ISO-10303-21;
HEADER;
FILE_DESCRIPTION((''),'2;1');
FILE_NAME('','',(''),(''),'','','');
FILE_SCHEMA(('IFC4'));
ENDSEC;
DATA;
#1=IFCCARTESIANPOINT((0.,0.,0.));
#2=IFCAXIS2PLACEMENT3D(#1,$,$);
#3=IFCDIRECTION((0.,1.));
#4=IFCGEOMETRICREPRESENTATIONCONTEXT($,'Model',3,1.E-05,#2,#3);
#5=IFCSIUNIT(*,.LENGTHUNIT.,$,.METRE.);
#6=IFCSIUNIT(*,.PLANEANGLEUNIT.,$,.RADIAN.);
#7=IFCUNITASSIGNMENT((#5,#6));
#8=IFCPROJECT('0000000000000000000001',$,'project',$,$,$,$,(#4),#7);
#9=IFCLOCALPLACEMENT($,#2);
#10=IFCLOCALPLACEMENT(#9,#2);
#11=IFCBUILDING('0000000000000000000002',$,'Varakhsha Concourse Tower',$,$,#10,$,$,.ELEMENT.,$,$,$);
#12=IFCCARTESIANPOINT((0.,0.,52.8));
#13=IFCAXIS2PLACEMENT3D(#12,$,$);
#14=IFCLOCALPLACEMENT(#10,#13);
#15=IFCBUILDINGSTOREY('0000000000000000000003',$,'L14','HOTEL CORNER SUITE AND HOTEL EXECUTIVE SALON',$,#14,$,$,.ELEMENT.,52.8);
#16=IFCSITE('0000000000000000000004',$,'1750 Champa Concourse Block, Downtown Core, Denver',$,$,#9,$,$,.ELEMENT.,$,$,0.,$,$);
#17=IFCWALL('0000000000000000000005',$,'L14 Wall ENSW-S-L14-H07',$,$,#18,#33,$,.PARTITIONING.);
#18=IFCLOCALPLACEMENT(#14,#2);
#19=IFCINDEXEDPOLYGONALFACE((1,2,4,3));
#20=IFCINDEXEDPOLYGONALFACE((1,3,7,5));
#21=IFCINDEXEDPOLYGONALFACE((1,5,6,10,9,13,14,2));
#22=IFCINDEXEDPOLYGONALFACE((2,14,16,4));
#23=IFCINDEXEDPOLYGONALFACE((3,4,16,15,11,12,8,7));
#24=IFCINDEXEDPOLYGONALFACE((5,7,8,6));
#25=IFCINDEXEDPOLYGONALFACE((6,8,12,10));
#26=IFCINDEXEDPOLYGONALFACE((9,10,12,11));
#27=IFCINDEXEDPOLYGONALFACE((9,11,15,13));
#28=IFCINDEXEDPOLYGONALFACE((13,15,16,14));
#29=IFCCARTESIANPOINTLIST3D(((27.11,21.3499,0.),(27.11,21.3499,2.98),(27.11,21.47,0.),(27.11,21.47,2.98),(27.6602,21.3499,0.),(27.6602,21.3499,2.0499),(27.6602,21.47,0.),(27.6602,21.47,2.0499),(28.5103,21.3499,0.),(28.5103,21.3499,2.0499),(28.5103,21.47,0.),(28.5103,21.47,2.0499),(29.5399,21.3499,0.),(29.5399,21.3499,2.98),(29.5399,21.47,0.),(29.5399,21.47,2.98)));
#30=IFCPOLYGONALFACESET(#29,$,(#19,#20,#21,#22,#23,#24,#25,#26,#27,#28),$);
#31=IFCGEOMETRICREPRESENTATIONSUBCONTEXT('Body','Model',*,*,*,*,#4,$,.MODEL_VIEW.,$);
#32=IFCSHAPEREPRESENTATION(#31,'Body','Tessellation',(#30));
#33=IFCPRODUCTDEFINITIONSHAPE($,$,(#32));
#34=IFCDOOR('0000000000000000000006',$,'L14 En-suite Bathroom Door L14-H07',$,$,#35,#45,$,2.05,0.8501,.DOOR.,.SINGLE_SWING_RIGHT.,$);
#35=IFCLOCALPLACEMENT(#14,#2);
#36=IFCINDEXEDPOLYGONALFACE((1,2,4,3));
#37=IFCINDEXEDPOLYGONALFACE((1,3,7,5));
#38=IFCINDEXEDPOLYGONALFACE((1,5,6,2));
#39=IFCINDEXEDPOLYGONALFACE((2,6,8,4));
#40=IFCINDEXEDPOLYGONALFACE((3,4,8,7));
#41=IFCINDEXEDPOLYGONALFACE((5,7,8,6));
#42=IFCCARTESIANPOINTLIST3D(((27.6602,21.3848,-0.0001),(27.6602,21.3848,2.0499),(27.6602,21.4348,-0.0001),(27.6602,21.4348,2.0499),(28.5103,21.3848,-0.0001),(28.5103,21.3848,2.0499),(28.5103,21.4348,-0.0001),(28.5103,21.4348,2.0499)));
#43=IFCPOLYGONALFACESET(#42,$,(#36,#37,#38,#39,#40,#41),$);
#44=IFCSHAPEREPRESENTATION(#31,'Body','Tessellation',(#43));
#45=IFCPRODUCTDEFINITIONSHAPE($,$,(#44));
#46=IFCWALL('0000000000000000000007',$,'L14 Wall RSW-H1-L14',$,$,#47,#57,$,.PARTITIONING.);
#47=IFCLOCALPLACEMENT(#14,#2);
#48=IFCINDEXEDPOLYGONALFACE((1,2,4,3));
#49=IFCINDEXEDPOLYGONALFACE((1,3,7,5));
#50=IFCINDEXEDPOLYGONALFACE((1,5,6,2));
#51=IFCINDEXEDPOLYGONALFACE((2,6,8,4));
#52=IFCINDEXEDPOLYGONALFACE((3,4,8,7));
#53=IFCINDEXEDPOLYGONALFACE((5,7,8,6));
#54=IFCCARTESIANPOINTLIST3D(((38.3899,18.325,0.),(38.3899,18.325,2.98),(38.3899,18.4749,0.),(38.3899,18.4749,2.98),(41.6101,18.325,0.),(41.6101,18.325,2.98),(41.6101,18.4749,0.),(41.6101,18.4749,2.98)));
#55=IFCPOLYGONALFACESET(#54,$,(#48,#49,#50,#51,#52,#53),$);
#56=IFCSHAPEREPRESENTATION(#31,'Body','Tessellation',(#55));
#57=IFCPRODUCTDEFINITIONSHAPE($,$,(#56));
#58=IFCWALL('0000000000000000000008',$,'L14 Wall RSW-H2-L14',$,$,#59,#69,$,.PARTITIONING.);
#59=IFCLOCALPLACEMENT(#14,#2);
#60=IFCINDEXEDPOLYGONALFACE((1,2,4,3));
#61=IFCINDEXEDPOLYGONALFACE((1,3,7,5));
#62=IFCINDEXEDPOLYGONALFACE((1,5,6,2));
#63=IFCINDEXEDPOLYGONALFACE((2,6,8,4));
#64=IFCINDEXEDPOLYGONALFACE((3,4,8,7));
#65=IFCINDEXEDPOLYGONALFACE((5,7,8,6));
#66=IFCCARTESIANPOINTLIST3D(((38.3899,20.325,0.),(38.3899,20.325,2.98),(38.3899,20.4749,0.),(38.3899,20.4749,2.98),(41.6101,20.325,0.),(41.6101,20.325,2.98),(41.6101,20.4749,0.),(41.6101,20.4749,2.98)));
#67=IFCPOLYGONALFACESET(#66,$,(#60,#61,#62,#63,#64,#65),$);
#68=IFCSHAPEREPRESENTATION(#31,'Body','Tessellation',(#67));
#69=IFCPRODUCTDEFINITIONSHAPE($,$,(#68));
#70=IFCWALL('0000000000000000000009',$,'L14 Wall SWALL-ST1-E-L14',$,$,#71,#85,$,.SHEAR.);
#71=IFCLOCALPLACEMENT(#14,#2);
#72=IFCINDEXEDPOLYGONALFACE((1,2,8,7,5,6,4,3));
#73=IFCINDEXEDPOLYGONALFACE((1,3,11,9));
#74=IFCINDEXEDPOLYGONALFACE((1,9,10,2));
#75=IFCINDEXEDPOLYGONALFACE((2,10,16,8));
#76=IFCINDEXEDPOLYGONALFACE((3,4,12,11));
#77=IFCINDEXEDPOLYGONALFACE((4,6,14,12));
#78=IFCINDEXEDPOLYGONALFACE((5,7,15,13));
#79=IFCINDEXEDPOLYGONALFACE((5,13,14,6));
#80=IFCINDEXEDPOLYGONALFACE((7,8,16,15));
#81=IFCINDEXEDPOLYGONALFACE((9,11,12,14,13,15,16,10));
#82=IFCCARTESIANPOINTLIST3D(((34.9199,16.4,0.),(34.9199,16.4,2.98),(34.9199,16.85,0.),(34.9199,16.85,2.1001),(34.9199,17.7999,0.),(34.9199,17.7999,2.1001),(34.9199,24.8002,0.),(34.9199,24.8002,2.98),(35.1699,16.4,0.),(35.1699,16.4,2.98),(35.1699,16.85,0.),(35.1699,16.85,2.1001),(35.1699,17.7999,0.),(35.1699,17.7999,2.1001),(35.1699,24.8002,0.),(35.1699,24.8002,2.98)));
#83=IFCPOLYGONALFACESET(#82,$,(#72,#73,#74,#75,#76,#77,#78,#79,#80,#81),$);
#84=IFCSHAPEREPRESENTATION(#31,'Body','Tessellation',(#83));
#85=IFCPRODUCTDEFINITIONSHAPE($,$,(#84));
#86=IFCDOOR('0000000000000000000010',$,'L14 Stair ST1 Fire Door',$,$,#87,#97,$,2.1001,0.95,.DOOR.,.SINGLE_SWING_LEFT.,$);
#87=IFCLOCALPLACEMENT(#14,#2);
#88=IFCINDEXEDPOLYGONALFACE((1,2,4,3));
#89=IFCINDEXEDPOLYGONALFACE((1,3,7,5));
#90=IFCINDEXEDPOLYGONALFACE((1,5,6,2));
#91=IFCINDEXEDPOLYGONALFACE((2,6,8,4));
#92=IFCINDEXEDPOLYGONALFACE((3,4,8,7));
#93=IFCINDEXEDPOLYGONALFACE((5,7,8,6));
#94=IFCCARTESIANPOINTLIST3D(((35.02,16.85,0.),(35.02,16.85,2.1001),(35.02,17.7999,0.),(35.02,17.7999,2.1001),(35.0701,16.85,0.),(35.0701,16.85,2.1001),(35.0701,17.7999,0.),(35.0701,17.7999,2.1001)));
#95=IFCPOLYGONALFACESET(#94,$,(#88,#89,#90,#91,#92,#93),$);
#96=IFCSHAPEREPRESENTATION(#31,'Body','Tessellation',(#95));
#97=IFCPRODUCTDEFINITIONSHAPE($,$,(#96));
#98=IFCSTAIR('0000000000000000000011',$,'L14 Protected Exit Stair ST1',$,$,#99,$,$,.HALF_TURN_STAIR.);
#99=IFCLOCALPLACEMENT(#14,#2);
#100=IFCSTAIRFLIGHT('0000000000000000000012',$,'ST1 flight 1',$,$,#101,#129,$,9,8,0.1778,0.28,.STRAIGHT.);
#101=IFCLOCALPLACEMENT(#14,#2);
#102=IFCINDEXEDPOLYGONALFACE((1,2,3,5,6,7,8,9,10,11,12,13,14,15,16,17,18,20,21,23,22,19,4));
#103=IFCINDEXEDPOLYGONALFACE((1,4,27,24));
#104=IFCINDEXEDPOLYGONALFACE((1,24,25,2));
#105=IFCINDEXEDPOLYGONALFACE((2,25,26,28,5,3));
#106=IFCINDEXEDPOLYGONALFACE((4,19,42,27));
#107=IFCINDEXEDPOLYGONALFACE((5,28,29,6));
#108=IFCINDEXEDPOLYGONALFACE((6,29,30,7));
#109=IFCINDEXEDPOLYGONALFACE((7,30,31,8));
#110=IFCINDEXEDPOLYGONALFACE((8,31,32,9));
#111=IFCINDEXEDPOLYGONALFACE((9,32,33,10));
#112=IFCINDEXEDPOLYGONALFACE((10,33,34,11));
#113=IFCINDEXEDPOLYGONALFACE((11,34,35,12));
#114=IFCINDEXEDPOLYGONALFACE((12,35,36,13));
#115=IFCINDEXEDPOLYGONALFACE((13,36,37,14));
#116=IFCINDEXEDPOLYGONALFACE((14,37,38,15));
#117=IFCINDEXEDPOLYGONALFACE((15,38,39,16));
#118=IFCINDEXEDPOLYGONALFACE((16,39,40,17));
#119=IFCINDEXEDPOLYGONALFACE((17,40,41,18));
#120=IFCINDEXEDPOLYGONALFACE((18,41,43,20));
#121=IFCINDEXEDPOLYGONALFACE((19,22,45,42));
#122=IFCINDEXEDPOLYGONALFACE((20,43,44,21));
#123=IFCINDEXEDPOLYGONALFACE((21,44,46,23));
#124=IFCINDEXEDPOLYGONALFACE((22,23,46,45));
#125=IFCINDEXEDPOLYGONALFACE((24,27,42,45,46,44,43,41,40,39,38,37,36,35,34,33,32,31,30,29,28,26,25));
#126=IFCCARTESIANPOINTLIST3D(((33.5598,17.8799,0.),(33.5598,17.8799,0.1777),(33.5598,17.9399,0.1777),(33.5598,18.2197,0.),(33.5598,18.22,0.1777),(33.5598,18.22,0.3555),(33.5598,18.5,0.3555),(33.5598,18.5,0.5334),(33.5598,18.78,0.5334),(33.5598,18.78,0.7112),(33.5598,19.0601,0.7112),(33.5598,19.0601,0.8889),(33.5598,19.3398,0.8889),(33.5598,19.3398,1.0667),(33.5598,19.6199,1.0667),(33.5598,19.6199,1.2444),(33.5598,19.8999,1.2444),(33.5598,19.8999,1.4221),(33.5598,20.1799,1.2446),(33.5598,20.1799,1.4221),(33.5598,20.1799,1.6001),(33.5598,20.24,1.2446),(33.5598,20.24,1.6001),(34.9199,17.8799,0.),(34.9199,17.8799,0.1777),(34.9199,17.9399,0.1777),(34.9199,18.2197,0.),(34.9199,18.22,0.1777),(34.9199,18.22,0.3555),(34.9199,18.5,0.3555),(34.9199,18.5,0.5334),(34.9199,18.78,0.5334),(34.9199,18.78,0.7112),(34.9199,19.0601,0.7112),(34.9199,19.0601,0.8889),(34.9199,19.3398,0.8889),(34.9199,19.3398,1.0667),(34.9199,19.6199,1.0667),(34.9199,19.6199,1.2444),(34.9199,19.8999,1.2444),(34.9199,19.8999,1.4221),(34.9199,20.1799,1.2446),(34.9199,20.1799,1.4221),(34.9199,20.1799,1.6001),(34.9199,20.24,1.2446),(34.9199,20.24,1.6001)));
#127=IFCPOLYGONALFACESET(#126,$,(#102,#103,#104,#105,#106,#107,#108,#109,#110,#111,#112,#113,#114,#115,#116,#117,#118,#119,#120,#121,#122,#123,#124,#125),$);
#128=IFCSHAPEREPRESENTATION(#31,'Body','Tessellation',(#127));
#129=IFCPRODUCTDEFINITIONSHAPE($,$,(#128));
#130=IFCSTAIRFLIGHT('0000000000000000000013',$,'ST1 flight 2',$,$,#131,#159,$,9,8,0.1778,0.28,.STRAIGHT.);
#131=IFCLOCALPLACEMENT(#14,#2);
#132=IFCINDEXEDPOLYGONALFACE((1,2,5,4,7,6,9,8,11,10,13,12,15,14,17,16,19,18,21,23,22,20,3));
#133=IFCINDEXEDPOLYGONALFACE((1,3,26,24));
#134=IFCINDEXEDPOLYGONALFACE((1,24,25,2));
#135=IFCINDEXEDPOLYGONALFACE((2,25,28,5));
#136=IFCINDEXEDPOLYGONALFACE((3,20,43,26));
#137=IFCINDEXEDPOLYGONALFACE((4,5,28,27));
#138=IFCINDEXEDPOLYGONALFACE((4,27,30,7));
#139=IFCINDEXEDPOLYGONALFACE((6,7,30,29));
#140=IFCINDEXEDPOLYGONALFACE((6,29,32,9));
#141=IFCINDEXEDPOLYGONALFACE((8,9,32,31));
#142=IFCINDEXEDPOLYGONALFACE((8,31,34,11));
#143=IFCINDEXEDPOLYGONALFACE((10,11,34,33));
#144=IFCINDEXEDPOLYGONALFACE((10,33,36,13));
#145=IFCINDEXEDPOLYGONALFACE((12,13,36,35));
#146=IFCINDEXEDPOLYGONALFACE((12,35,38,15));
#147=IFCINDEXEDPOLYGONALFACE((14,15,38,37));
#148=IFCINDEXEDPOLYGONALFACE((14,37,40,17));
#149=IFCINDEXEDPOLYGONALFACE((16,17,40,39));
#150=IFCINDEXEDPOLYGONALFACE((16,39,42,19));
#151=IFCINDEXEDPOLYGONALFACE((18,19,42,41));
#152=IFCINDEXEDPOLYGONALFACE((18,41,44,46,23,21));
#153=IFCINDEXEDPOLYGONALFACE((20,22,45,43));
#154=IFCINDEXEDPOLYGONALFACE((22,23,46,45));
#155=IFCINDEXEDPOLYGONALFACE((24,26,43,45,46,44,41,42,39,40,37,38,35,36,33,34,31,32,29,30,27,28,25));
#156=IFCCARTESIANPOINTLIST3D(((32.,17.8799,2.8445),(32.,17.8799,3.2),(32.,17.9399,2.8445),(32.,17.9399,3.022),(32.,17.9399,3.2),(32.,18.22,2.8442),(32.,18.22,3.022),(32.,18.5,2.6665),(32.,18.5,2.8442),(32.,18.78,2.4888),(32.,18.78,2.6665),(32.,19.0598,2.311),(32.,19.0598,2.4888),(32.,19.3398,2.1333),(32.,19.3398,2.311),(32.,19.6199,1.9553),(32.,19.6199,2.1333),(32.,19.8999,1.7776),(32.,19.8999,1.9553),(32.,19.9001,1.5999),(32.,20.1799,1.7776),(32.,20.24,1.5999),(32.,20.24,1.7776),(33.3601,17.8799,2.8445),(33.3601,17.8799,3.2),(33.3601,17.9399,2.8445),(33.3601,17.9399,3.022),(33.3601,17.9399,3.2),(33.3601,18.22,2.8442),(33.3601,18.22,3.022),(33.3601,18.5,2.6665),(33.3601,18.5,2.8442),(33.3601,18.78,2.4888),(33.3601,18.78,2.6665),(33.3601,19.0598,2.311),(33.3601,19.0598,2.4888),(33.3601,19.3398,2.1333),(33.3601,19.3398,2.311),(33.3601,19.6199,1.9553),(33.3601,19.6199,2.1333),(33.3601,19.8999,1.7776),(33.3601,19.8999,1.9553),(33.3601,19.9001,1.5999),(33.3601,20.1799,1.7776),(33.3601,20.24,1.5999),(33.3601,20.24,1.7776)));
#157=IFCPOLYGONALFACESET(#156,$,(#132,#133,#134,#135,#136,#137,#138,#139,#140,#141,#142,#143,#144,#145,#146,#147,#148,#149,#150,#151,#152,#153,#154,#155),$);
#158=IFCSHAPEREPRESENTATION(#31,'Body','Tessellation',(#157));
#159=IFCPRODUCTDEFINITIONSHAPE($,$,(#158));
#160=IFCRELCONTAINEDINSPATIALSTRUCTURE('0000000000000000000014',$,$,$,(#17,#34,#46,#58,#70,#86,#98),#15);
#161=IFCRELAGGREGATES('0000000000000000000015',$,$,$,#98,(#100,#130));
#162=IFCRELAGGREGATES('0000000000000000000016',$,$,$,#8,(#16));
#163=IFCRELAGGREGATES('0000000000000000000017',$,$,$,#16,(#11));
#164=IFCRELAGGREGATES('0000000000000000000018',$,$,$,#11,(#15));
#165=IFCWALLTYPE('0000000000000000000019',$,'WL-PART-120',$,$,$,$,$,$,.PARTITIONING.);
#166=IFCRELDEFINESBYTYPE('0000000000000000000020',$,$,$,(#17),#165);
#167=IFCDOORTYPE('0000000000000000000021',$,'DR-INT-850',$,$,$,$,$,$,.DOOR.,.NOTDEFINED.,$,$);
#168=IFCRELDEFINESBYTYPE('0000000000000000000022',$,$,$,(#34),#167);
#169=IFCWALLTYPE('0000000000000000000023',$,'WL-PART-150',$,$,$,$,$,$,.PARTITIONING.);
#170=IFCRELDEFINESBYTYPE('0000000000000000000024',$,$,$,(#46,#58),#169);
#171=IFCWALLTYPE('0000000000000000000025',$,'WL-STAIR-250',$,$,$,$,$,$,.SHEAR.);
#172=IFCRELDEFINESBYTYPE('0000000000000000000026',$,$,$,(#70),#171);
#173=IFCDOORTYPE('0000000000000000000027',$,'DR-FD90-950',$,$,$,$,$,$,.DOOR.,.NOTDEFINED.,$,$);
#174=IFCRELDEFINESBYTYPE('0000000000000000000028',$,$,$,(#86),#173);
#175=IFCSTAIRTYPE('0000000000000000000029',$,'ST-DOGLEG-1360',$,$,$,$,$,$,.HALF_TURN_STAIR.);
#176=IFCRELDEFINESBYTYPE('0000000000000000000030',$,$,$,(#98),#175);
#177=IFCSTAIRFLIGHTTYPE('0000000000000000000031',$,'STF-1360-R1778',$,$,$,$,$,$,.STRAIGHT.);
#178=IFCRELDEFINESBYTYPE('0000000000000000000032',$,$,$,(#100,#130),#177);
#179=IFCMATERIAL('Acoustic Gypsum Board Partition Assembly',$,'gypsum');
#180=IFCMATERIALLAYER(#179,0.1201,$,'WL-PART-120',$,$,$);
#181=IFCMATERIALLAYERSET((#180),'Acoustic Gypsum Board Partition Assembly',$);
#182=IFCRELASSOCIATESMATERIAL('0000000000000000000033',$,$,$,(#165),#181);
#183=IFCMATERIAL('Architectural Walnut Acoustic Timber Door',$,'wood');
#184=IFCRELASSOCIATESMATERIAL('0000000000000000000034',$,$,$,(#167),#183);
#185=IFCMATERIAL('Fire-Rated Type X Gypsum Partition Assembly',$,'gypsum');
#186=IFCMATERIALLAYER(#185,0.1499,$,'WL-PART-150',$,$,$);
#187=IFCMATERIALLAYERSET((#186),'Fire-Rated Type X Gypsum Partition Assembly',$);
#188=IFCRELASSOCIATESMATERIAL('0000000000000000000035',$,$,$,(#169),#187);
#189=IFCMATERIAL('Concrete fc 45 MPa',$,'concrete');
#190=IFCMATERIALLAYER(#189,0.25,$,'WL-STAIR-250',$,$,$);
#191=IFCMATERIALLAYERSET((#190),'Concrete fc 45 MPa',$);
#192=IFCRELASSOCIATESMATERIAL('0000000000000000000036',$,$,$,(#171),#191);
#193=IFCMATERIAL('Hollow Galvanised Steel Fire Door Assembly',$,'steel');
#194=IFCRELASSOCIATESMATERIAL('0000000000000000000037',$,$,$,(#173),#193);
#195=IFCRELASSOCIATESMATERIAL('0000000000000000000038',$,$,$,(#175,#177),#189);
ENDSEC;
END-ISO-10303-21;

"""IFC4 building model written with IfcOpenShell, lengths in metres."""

from ifc_helpers import new_model, si_unit, direction, frame, frame_2d, origin, place, context, subcontext, project, spatial, polyline, rectangle, outline, extrude, material, layer, layer_set, type_object, element, fill, aggregate, save


model = new_model("IFC4")

# Units and contexts
model_context = context("Model", 3, precision=1e-05, world=origin(), true_north=direction((0.0, 1.0)))
body_context = subcontext(model_context, "Body", "Model", "MODEL_VIEW")
ifc_project = project(units=[si_unit("LENGTHUNIT", "METRE"), si_unit("PLANEANGLEUNIT", "RADIAN")], contexts=[model_context])

# Site, building, storey
site_placement = place(None, origin())
site = spatial("IfcSite", under=ifc_project, at=site_placement, Name="1750 Champa Concourse Block, Downtown Core, Denver", CompositionType="ELEMENT", RefElevation=0.0)
building_placement = place(site_placement, origin())
building = spatial("IfcBuilding", under=site, at=building_placement, Name="Varakhsha Concourse Tower", CompositionType="ELEMENT")
storey_placement = place(building_placement, frame((0.0, 0.0, 52.8)))
storey = spatial("IfcBuildingStorey", under=building, at=storey_placement, Name="L14", Description="HOTEL CORNER SUITE AND HOTEL EXECUTIVE SALON", CompositionType="ELEMENT", Elevation=52.8)

# Shared definitions
ifc_material_1 = material(Name="Fire-Rated Type X Gypsum Partition Assembly", Category="gypsum")
ifc_material_2 = material(Name="Hollow Galvanised Steel Fire Door Assembly", Category="steel")

# Shared definitions
ifc_material_3 = material(Name="Acoustic Gypsum Board Partition Assembly", Category="gypsum")
ifc_layer_1 = layer(ifc_material_3, 0.1201, Name="WL-PART-120")
ifc_layer_set_1 = layer_set([ifc_layer_1], Name="Acoustic Gypsum Board Partition Assembly")
wall_type_1 = type_object("IfcWallType", Name="WL-PART-120", PredefinedType="PARTITIONING", material=ifc_layer_set_1)

# Shared definitions
ifc_material_4 = material(Name="Architectural Walnut Acoustic Timber Door", Category="wood")
door_type_1 = type_object("IfcDoorType", Name="DR-INT-850", OperationType="NOTDEFINED", PredefinedType="DOOR", material=ifc_material_4)

# Wall, opening, door
wall_1_placement = place(storey_placement, frame((27.1101, 21.4099, 0.0), z_axis=(0.0, 0.0, 1.0), x_axis=(1.0, 0.0, 0.0)))
wall_1 = element("IfcWall", 1, at=wall_1_placement, inside=storey, type_object=wall_type_1, Name="L14 Wall ENSW-S-L14-H07", PredefinedType="PARTITIONING", context=body_context, shape_type="SweptSolid", body=[
    extrude(rectangle(XDim=2.4299, YDim=0.1201, at=frame_2d((1.2148, 0.0))), origin(), (0.0, 0.0, 1.0), 2.98),
])
opening_1_placement = place(wall_1_placement, frame((0.55, 0.0, 0.0)))
opening_1 = element("IfcOpeningElement", 2, at=opening_1_placement, cuts=wall_1, PredefinedType="OPENING", context=body_context, shape_type="SweptSolid", body=[
    extrude(rectangle(XDim=0.8501, YDim=2.05, at=frame_2d((0.425, 1.0249))), frame((0.0, 0.0701, 0.0), z_axis=(0.0, -1.0, 0.0), x_axis=(1.0, 0.0, 0.0)), (0.0, 0.0, 1.0), 0.1401),
])
door_1_placement = place(opening_1_placement, origin())
door_1 = element("IfcDoor", 3, at=door_1_placement, inside=storey, type_object=door_type_1, Name="L14 En-suite Bathroom Door L14-H07", OperationType="SINGLE_SWING_RIGHT", OverallHeight=2.05, OverallWidth=0.8501, PredefinedType="DOOR", context=body_context, shape_type="SweptSolid", body=[
    extrude(rectangle(XDim=0.8501, YDim=2.05, at=frame_2d((0.425, 1.0249))), frame((0.0, 0.0249, 0.0), z_axis=(0.0, -1.0, 0.0), x_axis=(1.0, 0.0, 0.0)), (0.0, 0.0, 1.0), 0.05),
])
fill(opening_1, door_1)

# Walls
ifc_layer_2 = layer(ifc_material_1, 0.1499, Name="WL-PART-150")
ifc_layer_set_2 = layer_set([ifc_layer_2], Name="Fire-Rated Type X Gypsum Partition Assembly")
wall_type_2 = type_object("IfcWallType", Name="WL-PART-150", PredefinedType="PARTITIONING", material=ifc_layer_set_2)
for number, where, z_axis, x_axis, name in (
    (4, (38.3899, 18.3999, 0.0), (0.0, 0.0, 1.0), (1.0, 0.0, 0.0), "L14 Wall RSW-H1-L14"),
    (5, (38.3899, 20.3999, 0.0), (0.0, 0.0, 1.0), (1.0, 0.0, 0.0), "L14 Wall RSW-H2-L14"),
):
    element("IfcWall", number, at=place(storey_placement, frame(where, z_axis=z_axis, x_axis=x_axis)), inside=storey, type_object=wall_type_2, Name=name, PredefinedType="PARTITIONING", context=body_context, shape_type="SweptSolid", body=[
        extrude(rectangle(XDim=3.2202, YDim=0.1499, at=frame_2d((1.6101, 0.0))), origin(), (0.0, 0.0, 1.0), 2.98),
    ])

# Wall, opening, door
ifc_material_5 = material(Name="Concrete fc 45 MPa", Category="concrete")
ifc_layer_3 = layer(ifc_material_5, 0.25, Name="WL-STAIR-250")
ifc_layer_set_3 = layer_set([ifc_layer_3], Name="Concrete fc 45 MPa")
wall_type_3 = type_object("IfcWallType", Name="WL-STAIR-250", PredefinedType="SHEAR", material=ifc_layer_set_3)
wall_2_placement = place(storey_placement, frame((35.0449, 16.3999, 0.0), z_axis=(0.0, 0.0, 1.0), x_axis=(0.0, 1.0, 0.0)))
wall_2 = element("IfcWall", 6, at=wall_2_placement, inside=storey, type_object=wall_type_3, Name="L14 Wall SWALL-ST1-E-L14", PredefinedType="SHEAR", context=body_context, shape_type="SweptSolid", body=[
    extrude(rectangle(XDim=8.4001, YDim=0.25, at=frame_2d((4.2002, 0.0))), origin(), (0.0, 0.0, 1.0), 2.98),
])
opening_2_placement = place(wall_2_placement, frame((0.45, 0.0, 0.0)))
opening_2 = element("IfcOpeningElement", 7, at=opening_2_placement, cuts=wall_2, PredefinedType="OPENING", context=body_context, shape_type="SweptSolid", body=[
    extrude(rectangle(XDim=0.95, YDim=2.1001, at=frame_2d((0.4751, 1.05))), frame((0.0, 0.135, 0.0), z_axis=(0.0, -1.0, 0.0), x_axis=(1.0, 0.0, 0.0)), (0.0, 0.0, 1.0), 0.27),
])
door_type_2 = type_object("IfcDoorType", Name="DR-FD90-950", OperationType="NOTDEFINED", PredefinedType="DOOR", material=ifc_material_2)
door_2_placement = place(opening_2_placement, origin())
door_2 = element("IfcDoor", 8, at=door_2_placement, inside=storey, type_object=door_type_2, Name="L14 Stair ST1 Fire Door", OperationType="SINGLE_SWING_LEFT", OverallHeight=2.1001, OverallWidth=0.95, PredefinedType="DOOR", context=body_context, shape_type="SweptSolid", body=[
    extrude(rectangle(XDim=0.95, YDim=2.1001, at=frame_2d((0.4751, 1.05))), frame((0.0, 0.0249, 0.0), z_axis=(0.0, -1.0, 0.0), x_axis=(1.0, 0.0, 0.0)), (0.0, 0.0, 1.0), 0.05),
])
fill(opening_2, door_2)

# Stair, stair flights
stair_type = type_object("IfcStairType", Name="ST-DOGLEG-1360", PredefinedType="HALF_TURN_STAIR", material=ifc_material_5)
stair_placement = place(storey_placement, origin())
stair = element("IfcStair", 9, at=stair_placement, inside=storey, type_object=stair_type, Name="L14 Protected Exit Stair ST1", PredefinedType="HALF_TURN_STAIR")
stair_flight_type = type_object("IfcStairFlightType", Name="STF-1360-R1778", PredefinedType="STRAIGHT", material=ifc_material_5)
stair_flight_1_placement = place(storey_placement, frame((34.24, 17.9399, 0.0), z_axis=(0.0, 0.0, 1.0), x_axis=(0.0, 1.0, 0.0)))
stair_flight_1 = element("IfcStairFlight", 10, at=stair_flight_1_placement, type_object=stair_flight_type, Name="ST1 flight 1", NumberOfRisers=9, NumberOfTreads=8, PredefinedType="STRAIGHT", RiserHeight=0.1778, TreadLength=0.28, context=body_context, shape_type="SweptSolid", body=[
    extrude(outline(polyline([(-0.0601, 0.0), (-0.0601, 0.1777), (0.0, 0.1777), (0.28, 0.1777), (0.28, 0.3555), (0.5601, 0.3555), (0.5601, 0.5334), (0.8401, 0.5334), (0.8401, 0.7112), (1.1201, 0.7112), (1.1201, 0.8889), (1.3999, 0.8889), (1.3999, 1.0667), (1.6799, 1.0667), (1.6799, 1.2444), (1.96, 1.2444), (1.96, 1.4221), (2.24, 1.4221), (2.24, 1.6001), (2.3, 1.6001), (2.3, 1.2446), (2.24, 1.2446), (0.2798, 0.0), (-0.0601, 0.0)])), frame((0.0, 0.6802, 0.0), z_axis=(0.0, -1.0, 0.0), x_axis=(1.0, 0.0, 0.0)), (0.0, 0.0, 1.0), 1.3601),
])
stair_flight_2_placement = place(storey_placement, frame((32.6799, 20.1799, 1.5999), z_axis=(0.0, 0.0, 1.0), x_axis=(0.0, -1.0, 0.0)))
stair_flight_2 = element("IfcStairFlight", 11, at=stair_flight_2_placement, type_object=stair_flight_type, Name="ST1 flight 2", NumberOfRisers=9, NumberOfTreads=8, PredefinedType="STRAIGHT", RiserHeight=0.1778, TreadLength=0.28, context=body_context, shape_type="SweptSolid", body=[
    extrude(outline(polyline([(-0.0601, 0.0), (-0.0601, 0.1777), (0.0, 0.1777), (0.28, 0.1777), (0.28, 0.3555), (0.5601, 0.3555), (0.5601, 0.5334), (0.8401, 0.5334), (0.8401, 0.7112), (1.1201, 0.7112), (1.1201, 0.8889), (1.3999, 0.8889), (1.3999, 1.0667), (1.6799, 1.0667), (1.6799, 1.2444), (1.96, 1.2444), (1.96, 1.4221), (2.24, 1.4221), (2.24, 1.6001), (2.3, 1.6001), (2.3, 1.2446), (2.24, 1.2446), (0.2798, 0.0), (-0.0601, 0.0)])), frame((0.0, 0.6802, 0.0), z_axis=(0.0, -1.0, 0.0), x_axis=(1.0, 0.0, 0.0)), (0.0, 0.0, 1.0), 1.3601),
])
aggregate(stair, [stair_flight_1, stair_flight_2])

save(model, "model.ifc")
